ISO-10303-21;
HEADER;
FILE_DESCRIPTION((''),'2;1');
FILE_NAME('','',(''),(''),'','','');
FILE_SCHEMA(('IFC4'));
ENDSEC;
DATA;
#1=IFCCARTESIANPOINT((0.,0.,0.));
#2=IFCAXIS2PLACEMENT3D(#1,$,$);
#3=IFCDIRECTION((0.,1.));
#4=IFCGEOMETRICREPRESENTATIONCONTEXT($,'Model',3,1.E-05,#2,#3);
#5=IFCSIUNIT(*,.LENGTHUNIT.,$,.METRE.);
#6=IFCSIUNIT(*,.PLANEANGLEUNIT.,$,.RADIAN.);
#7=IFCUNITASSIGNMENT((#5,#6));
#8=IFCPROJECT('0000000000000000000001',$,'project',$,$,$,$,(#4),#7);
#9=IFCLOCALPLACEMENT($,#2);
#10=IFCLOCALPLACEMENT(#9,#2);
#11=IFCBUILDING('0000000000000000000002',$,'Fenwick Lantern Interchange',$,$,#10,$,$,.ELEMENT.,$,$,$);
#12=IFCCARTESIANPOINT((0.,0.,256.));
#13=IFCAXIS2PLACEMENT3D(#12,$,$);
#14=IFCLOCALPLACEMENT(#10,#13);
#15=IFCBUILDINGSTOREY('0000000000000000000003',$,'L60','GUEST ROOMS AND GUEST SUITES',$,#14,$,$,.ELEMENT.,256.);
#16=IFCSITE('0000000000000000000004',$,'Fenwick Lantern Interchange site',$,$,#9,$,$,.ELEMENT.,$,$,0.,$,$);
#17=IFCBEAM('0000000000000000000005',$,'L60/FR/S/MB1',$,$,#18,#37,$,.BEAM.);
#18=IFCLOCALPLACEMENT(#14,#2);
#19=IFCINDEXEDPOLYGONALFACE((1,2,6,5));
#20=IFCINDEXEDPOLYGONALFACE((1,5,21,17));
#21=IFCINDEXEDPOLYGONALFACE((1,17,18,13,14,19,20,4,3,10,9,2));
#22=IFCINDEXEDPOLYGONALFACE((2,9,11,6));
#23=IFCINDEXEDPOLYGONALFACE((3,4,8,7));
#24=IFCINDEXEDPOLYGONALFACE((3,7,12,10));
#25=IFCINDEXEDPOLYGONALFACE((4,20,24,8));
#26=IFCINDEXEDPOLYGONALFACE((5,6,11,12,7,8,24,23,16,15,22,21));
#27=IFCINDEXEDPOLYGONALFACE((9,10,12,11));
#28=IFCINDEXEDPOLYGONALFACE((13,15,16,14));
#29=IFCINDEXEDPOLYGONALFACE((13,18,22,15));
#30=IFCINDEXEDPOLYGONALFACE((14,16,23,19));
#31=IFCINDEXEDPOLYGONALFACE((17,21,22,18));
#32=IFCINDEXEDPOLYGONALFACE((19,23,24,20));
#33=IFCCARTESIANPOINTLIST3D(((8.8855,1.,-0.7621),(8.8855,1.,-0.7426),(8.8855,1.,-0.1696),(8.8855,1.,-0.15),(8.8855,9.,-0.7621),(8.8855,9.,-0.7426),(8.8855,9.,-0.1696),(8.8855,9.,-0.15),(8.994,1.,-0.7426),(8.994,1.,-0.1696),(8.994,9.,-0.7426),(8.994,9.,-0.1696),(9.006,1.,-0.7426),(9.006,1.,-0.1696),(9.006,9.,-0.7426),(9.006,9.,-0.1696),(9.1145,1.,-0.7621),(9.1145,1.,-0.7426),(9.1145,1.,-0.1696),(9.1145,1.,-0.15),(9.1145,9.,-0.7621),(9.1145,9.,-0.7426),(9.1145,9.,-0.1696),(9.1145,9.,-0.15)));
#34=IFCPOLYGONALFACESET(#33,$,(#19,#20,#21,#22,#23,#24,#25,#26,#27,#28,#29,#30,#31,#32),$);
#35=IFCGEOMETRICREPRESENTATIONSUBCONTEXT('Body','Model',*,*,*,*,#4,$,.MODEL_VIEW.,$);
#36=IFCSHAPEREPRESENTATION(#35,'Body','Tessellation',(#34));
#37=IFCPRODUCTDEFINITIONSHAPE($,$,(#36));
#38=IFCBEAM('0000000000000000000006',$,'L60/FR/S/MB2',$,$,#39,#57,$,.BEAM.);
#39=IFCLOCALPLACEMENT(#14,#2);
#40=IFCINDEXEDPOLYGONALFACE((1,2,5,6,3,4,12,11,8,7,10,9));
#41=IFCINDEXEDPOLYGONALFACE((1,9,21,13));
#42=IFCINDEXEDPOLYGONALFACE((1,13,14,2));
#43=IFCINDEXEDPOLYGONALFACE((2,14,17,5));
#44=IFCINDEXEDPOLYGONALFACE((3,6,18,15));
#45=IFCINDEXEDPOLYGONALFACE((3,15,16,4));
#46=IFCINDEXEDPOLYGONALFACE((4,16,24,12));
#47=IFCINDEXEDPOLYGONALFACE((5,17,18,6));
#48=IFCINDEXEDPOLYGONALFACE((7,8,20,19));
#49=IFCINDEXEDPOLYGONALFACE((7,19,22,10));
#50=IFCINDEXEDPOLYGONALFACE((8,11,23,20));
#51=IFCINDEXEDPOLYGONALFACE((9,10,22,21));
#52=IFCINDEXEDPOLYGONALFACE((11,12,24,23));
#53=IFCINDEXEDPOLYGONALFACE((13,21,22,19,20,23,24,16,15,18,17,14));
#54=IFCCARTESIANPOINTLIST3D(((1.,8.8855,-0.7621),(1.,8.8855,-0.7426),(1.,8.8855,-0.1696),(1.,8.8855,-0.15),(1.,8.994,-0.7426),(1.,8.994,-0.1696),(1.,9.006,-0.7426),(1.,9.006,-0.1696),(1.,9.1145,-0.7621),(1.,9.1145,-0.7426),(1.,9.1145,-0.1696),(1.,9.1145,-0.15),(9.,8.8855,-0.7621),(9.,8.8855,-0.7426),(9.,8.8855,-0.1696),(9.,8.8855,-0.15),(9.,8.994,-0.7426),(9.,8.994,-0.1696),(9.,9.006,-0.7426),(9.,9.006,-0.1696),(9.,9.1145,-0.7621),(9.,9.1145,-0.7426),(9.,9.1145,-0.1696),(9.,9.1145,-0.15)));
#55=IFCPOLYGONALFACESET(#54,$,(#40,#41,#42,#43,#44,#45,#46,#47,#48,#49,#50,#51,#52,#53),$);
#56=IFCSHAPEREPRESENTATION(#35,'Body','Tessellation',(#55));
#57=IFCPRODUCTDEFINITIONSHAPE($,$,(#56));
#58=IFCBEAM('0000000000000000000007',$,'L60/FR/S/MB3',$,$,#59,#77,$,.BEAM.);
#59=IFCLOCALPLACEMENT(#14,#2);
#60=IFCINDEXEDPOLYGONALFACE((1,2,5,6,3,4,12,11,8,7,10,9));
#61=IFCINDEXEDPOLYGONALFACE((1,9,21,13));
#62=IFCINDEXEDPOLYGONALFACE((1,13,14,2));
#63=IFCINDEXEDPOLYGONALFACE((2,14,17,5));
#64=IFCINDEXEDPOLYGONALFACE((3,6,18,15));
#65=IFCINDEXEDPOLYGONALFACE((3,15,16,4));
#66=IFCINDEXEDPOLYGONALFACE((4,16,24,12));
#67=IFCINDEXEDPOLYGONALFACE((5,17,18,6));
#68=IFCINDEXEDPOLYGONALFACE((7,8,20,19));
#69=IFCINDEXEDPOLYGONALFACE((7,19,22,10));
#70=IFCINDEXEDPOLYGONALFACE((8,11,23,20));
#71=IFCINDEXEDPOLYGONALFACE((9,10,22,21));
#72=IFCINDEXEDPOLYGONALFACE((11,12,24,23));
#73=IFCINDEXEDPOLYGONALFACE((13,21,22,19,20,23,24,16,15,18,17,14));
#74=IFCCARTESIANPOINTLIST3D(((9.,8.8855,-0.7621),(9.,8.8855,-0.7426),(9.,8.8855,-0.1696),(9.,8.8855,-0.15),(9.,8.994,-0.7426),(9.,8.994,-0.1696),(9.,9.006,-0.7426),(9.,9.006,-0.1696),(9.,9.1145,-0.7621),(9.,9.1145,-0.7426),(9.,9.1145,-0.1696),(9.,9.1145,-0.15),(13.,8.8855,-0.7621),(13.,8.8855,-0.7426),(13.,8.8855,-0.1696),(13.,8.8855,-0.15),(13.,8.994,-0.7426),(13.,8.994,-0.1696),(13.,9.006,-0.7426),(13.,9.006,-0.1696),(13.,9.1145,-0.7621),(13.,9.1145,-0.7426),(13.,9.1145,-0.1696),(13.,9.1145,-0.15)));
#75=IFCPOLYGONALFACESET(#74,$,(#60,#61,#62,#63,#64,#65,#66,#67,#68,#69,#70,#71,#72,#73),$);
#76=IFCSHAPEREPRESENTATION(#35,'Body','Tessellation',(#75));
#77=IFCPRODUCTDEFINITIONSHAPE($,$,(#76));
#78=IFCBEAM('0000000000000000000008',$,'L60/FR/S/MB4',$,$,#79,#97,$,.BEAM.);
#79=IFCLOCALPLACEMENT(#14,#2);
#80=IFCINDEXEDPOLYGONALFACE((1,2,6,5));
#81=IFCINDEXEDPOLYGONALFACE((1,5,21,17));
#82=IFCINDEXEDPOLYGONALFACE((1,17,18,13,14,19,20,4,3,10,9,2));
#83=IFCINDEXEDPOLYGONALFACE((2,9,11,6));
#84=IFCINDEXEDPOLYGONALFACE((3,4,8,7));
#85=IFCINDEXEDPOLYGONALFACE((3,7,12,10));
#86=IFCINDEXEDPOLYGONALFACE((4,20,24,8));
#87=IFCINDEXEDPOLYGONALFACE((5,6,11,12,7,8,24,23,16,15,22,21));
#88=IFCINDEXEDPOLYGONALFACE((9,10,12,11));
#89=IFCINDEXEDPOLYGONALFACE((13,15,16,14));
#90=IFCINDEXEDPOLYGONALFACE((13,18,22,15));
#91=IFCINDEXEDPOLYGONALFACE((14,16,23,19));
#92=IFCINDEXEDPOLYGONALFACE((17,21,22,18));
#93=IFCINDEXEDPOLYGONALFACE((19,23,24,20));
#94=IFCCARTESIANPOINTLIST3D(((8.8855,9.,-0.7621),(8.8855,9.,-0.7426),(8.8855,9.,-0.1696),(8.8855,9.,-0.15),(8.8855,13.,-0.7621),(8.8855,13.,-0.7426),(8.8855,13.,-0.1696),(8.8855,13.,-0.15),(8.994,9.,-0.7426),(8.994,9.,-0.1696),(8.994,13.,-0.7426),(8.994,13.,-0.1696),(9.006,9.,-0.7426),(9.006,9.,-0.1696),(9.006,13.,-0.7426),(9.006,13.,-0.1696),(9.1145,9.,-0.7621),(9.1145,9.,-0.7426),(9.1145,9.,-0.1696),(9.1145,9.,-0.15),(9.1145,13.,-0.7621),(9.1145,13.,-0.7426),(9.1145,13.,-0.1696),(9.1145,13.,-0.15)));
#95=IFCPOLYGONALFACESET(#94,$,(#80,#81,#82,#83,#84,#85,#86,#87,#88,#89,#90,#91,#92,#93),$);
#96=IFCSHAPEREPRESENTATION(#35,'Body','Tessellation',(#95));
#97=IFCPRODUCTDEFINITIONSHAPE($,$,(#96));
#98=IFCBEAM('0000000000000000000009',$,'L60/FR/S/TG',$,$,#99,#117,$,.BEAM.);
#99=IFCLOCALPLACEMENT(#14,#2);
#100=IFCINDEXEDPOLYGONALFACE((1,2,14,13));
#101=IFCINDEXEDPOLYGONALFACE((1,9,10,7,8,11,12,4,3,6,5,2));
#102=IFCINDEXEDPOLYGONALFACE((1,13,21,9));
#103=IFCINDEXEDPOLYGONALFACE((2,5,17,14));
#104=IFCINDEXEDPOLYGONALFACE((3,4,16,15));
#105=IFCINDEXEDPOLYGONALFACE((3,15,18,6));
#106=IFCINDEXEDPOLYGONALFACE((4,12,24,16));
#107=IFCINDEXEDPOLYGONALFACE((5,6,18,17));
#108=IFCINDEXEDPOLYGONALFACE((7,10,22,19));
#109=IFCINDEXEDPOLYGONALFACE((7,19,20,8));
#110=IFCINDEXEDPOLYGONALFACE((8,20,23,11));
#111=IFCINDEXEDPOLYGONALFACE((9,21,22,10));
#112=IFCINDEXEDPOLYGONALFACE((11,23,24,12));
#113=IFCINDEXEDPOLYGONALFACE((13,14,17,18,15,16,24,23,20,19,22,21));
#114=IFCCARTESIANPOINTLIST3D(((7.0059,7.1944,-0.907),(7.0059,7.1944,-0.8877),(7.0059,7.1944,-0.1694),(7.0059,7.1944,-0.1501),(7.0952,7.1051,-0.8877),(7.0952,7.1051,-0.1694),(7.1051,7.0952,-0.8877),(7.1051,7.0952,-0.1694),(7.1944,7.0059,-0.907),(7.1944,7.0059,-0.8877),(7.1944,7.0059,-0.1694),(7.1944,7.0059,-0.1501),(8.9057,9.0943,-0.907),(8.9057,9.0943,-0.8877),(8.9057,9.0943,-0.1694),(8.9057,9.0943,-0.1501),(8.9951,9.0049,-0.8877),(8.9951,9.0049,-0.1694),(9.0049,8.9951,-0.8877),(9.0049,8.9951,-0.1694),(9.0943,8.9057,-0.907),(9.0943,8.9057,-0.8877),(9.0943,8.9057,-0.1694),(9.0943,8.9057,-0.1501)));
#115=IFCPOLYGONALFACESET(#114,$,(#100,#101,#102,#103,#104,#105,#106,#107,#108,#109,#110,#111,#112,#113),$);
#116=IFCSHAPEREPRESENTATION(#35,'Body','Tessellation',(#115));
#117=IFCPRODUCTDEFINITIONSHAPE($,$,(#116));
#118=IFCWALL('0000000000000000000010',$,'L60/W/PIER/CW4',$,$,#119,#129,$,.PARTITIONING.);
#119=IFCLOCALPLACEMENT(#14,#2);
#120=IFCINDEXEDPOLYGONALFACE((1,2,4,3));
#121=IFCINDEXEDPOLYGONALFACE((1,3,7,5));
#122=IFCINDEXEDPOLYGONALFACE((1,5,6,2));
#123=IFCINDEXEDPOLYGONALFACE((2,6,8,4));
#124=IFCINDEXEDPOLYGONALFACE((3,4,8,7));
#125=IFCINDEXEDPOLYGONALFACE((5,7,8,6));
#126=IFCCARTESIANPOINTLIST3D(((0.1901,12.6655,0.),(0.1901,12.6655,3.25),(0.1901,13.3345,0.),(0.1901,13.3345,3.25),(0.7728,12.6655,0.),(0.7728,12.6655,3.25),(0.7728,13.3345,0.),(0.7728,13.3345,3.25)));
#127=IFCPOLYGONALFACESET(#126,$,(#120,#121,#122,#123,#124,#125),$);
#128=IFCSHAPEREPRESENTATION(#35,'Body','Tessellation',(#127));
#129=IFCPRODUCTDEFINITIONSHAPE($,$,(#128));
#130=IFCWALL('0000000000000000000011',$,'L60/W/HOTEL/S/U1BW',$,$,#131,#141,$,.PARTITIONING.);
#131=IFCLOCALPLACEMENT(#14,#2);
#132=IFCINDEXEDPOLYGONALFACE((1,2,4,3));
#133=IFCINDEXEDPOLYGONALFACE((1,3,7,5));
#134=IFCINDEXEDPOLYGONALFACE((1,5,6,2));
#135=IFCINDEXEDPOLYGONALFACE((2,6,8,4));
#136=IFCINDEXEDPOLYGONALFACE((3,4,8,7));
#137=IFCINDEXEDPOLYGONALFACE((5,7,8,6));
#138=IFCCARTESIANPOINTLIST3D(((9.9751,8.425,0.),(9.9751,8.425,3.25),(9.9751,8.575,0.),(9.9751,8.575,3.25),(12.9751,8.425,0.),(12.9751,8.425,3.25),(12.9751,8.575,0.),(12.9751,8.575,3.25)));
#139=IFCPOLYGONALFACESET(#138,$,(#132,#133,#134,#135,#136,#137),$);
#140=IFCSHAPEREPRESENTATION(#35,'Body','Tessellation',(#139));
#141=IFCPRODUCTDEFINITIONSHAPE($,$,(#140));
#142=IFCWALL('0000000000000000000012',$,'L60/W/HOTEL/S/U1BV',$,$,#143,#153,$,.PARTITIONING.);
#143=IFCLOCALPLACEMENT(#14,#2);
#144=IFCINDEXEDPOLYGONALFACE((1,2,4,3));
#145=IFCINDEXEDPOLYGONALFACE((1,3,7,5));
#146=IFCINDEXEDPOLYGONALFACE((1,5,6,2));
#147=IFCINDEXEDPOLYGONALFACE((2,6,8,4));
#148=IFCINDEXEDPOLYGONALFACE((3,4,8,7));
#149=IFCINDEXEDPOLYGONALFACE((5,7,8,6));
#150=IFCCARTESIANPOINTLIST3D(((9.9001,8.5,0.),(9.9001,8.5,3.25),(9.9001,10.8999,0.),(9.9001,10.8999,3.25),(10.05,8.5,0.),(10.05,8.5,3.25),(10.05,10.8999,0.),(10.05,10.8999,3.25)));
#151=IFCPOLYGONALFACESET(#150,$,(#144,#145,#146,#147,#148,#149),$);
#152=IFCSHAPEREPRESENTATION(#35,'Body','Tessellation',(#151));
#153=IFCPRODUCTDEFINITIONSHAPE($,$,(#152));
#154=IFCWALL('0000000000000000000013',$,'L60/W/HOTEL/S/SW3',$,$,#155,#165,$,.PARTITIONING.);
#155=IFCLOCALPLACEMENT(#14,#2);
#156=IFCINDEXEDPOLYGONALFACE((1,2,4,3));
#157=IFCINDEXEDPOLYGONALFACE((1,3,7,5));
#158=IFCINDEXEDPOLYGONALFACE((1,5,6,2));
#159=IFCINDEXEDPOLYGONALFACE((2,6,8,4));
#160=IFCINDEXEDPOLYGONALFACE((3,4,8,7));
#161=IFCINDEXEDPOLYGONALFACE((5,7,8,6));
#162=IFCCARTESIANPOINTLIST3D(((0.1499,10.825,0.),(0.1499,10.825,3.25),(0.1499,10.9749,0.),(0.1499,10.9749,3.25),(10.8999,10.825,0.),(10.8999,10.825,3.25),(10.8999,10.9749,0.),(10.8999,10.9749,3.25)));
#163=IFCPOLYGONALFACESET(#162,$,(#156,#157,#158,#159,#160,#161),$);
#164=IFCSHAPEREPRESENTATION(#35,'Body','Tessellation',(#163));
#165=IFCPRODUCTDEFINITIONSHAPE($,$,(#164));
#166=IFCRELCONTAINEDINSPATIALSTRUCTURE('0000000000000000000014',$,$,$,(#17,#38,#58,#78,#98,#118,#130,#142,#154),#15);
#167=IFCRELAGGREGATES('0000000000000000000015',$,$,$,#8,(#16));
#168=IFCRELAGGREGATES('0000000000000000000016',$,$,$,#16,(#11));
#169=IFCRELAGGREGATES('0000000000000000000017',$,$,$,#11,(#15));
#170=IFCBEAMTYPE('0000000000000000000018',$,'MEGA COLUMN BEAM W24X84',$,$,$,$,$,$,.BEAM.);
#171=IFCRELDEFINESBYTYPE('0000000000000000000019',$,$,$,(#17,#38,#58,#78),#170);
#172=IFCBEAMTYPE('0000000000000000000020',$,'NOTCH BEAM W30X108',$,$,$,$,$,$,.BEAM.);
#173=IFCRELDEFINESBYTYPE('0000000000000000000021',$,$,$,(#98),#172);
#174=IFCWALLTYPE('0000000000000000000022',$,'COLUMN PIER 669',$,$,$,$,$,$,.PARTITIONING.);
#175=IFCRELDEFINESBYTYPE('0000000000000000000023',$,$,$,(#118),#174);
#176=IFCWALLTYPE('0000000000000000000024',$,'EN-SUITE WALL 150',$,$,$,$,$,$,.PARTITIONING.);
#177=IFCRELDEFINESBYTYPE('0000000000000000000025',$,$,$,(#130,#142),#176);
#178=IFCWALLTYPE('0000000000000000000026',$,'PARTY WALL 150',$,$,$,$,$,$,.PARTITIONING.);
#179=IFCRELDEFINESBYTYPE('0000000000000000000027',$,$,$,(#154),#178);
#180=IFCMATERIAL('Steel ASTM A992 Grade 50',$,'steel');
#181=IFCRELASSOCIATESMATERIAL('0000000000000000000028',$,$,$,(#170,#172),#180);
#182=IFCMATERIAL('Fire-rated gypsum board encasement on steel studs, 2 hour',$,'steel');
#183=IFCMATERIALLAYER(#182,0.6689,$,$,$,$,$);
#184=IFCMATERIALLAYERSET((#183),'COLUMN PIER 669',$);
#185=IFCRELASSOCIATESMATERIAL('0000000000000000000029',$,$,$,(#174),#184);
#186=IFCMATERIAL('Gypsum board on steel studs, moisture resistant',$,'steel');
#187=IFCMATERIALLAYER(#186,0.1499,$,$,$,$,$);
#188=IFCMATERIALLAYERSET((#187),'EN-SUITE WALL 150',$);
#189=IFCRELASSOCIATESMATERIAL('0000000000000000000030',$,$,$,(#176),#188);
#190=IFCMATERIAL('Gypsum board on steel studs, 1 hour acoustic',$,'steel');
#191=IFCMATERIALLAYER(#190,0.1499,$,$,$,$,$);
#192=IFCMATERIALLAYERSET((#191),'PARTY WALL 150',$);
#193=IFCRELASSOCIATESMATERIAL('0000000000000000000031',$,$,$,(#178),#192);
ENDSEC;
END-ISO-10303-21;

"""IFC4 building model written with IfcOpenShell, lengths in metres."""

from ifc_helpers import new_model, si_unit, direction, frame, frame_2d, origin, origin_2d, place, context, subcontext, project, spatial, rectangle, i_section, extrude, material, layer, layer_set, material_profile, profile_set, type_object, element, save


model = new_model("IFC4")

# Units and contexts
model_context = context("Model", 3, precision=1e-05, world=origin(), true_north=direction((0.0, 1.0)))
body_context = subcontext(model_context, "Body", "Model", "MODEL_VIEW")
ifc_project = project(units=[si_unit("LENGTHUNIT", "METRE"), si_unit("PLANEANGLEUNIT", "RADIAN")], contexts=[model_context])

# Site, building, storey
site_placement = place(None, origin())
site = spatial("IfcSite", under=ifc_project, at=site_placement, Name="Fenwick Lantern Interchange site", CompositionType="ELEMENT", RefElevation=0.0)
building_placement = place(site_placement, origin())
building = spatial("IfcBuilding", under=site, at=building_placement, Name="Fenwick Lantern Interchange", CompositionType="ELEMENT")
storey_placement = place(building_placement, frame((0.0, 0.0, 256.0)))
storey = spatial("IfcBuildingStorey", under=building, at=storey_placement, Name="L60", Description="GUEST ROOMS AND GUEST SUITES", CompositionType="ELEMENT", Elevation=256.0)

# Shared definitions
ifc_material_1 = material(Name="Steel ASTM A992 Grade 50", Category="steel")

# Beams
ifc_material_profile_1 = material_profile(ifc_material_1, i_section(OverallWidth=0.229, OverallDepth=0.6121, WebThickness=0.012, FlangeThickness=0.0195, at=origin_2d()), Name="W24X84")
ifc_profile_set_1 = profile_set([ifc_material_profile_1], Name="Steel ASTM A992 Grade 50")
beam_type_1 = type_object("IfcBeamType", Name="MEGA COLUMN BEAM W24X84", PredefinedType="BEAM", material=ifc_profile_set_1)
for number, where, z_axis, x_axis, name in (
    (1, (9.0, 9.0, -0.4561), (0.0, -1.0, 0.0), (1.0, 0.0, 0.0), "L60/FR/S/MB1"),
    (2, (9.0, 9.0, -0.4561), (-1.0, 0.0, 0.0), (0.0, -1.0, 0.0), "L60/FR/S/MB2"),
):
    element("IfcBeam", number, at=place(storey_placement, frame(where, z_axis=z_axis, x_axis=x_axis)), inside=storey, type_object=beam_type_1, Name=name, PredefinedType="BEAM", context=body_context, shape_type="SweptSolid", body=[
        extrude(i_section(OverallWidth=0.229, OverallDepth=0.6121, WebThickness=0.012, FlangeThickness=0.0195, at=origin_2d()), origin(), (0.0, 0.0, 1.0), 8.0),
    ])
for number, where, z_axis, x_axis, name in (
    (3, (9.0, 9.0, -0.4561), (1.0, 0.0, 0.0), (0.0, 1.0, 0.0), "L60/FR/S/MB3"),
    (4, (9.0, 9.0, -0.4561), (0.0, 1.0, 0.0), (-1.0, 0.0, 0.0), "L60/FR/S/MB4"),
):
    element("IfcBeam", number, at=place(storey_placement, frame(where, z_axis=z_axis, x_axis=x_axis)), inside=storey, type_object=beam_type_1, Name=name, PredefinedType="BEAM", context=body_context, shape_type="SweptSolid", body=[
        extrude(i_section(OverallWidth=0.229, OverallDepth=0.6121, WebThickness=0.012, FlangeThickness=0.0195, at=origin_2d()), origin(), (0.0, 0.0, 1.0), 4.0),
    ])
ifc_material_profile_2 = material_profile(ifc_material_1, i_section(OverallWidth=0.2666, OverallDepth=0.7568, WebThickness=0.0139, FlangeThickness=0.0193, at=origin_2d()), Name="W30X108")
ifc_profile_set_2 = profile_set([ifc_material_profile_2], Name="Steel ASTM A992 Grade 50")
beam_type_2 = type_object("IfcBeamType", Name="NOTCH BEAM W30X108", PredefinedType="BEAM", material=ifc_profile_set_2)
beam_1_placement = place(storey_placement, frame((9.0, 9.0, -0.5286), z_axis=(-0.707107, -0.707107, 0.0), x_axis=(0.707107, -0.707107, 0.0)))
element("IfcBeam", 5, at=beam_1_placement, inside=storey, type_object=beam_type_2, Name="L60/FR/S/TG", PredefinedType="BEAM", context=body_context, shape_type="SweptSolid", body=[
    extrude(i_section(OverallWidth=0.2666, OverallDepth=0.7568, WebThickness=0.0139, FlangeThickness=0.0193, at=origin_2d()), origin(), (0.0, 0.0, 1.0), 2.6868),
])

# Walls
ifc_material_2 = material(Name="Fire-rated gypsum board encasement on steel studs, 2 hour", Category="steel")
ifc_layer_1 = layer(ifc_material_2, 0.6689)
ifc_layer_set_1 = layer_set([ifc_layer_1], Name="COLUMN PIER 669")
wall_type_1 = type_object("IfcWallType", Name="COLUMN PIER 669", PredefinedType="PARTITIONING", material=ifc_layer_set_1)
wall_1_placement = place(storey_placement, frame((0.1899, 13.0, 0.0), z_axis=(0.0, 0.0, 1.0), x_axis=(1.0, 0.0, 0.0)))
element("IfcWall", 6, at=wall_1_placement, inside=storey, type_object=wall_type_1, Name="L60/W/PIER/CW4", PredefinedType="PARTITIONING", context=body_context, shape_type="SweptSolid", body=[
    extrude(rectangle(XDim=0.5828, YDim=0.6689, at=frame_2d((0.2915, 0.0))), origin(), (0.0, 0.0, 1.0), 3.25),
])
ifc_material_3 = material(Name="Gypsum board on steel studs, moisture resistant", Category="steel")
ifc_layer_2 = layer(ifc_material_3, 0.1499)
ifc_layer_set_2 = layer_set([ifc_layer_2], Name="EN-SUITE WALL 150")
wall_type_2 = type_object("IfcWallType", Name="EN-SUITE WALL 150", PredefinedType="PARTITIONING", material=ifc_layer_set_2)
wall_2_placement = place(storey_placement, frame((9.9751, 8.5, 0.0), z_axis=(0.0, 0.0, 1.0), x_axis=(1.0, 0.0, 0.0)))
element("IfcWall", 7, at=wall_2_placement, inside=storey, type_object=wall_type_2, Name="L60/W/HOTEL/S/U1BW", PredefinedType="PARTITIONING", context=body_context, shape_type="SweptSolid", body=[
    extrude(rectangle(XDim=3.0, YDim=0.1499, at=frame_2d((1.5, 0.0))), origin(), (0.0, 0.0, 1.0), 3.25),
])
wall_3_placement = place(storey_placement, frame((9.9751, 8.5, 0.0), z_axis=(0.0, 0.0, 1.0), x_axis=(0.0, 1.0, 0.0)))
element("IfcWall", 8, at=wall_3_placement, inside=storey, type_object=wall_type_2, Name="L60/W/HOTEL/S/U1BV", PredefinedType="PARTITIONING", context=body_context, shape_type="SweptSolid", body=[
    extrude(rectangle(XDim=2.3999, YDim=0.1499, at=frame_2d((1.2, 0.0))), origin(), (0.0, 0.0, 1.0), 3.25),
])
ifc_material_4 = material(Name="Gypsum board on steel studs, 1 hour acoustic", Category="steel")
ifc_layer_3 = layer(ifc_material_4, 0.1499)
ifc_layer_set_3 = layer_set([ifc_layer_3], Name="PARTY WALL 150")
wall_type_3 = type_object("IfcWallType", Name="PARTY WALL 150", PredefinedType="PARTITIONING", material=ifc_layer_set_3)
wall_4_placement = place(storey_placement, frame((0.1499, 10.8999, 0.0), z_axis=(0.0, 0.0, 1.0), x_axis=(1.0, 0.0, 0.0)))
element("IfcWall", 9, at=wall_4_placement, inside=storey, type_object=wall_type_3, Name="L60/W/HOTEL/S/SW3", PredefinedType="PARTITIONING", context=body_context, shape_type="SweptSolid", body=[
    extrude(rectangle(XDim=10.75, YDim=0.1499, at=frame_2d((5.375, 0.0))), origin(), (0.0, 0.0, 1.0), 3.25),
])

save(model, "model.ifc")
